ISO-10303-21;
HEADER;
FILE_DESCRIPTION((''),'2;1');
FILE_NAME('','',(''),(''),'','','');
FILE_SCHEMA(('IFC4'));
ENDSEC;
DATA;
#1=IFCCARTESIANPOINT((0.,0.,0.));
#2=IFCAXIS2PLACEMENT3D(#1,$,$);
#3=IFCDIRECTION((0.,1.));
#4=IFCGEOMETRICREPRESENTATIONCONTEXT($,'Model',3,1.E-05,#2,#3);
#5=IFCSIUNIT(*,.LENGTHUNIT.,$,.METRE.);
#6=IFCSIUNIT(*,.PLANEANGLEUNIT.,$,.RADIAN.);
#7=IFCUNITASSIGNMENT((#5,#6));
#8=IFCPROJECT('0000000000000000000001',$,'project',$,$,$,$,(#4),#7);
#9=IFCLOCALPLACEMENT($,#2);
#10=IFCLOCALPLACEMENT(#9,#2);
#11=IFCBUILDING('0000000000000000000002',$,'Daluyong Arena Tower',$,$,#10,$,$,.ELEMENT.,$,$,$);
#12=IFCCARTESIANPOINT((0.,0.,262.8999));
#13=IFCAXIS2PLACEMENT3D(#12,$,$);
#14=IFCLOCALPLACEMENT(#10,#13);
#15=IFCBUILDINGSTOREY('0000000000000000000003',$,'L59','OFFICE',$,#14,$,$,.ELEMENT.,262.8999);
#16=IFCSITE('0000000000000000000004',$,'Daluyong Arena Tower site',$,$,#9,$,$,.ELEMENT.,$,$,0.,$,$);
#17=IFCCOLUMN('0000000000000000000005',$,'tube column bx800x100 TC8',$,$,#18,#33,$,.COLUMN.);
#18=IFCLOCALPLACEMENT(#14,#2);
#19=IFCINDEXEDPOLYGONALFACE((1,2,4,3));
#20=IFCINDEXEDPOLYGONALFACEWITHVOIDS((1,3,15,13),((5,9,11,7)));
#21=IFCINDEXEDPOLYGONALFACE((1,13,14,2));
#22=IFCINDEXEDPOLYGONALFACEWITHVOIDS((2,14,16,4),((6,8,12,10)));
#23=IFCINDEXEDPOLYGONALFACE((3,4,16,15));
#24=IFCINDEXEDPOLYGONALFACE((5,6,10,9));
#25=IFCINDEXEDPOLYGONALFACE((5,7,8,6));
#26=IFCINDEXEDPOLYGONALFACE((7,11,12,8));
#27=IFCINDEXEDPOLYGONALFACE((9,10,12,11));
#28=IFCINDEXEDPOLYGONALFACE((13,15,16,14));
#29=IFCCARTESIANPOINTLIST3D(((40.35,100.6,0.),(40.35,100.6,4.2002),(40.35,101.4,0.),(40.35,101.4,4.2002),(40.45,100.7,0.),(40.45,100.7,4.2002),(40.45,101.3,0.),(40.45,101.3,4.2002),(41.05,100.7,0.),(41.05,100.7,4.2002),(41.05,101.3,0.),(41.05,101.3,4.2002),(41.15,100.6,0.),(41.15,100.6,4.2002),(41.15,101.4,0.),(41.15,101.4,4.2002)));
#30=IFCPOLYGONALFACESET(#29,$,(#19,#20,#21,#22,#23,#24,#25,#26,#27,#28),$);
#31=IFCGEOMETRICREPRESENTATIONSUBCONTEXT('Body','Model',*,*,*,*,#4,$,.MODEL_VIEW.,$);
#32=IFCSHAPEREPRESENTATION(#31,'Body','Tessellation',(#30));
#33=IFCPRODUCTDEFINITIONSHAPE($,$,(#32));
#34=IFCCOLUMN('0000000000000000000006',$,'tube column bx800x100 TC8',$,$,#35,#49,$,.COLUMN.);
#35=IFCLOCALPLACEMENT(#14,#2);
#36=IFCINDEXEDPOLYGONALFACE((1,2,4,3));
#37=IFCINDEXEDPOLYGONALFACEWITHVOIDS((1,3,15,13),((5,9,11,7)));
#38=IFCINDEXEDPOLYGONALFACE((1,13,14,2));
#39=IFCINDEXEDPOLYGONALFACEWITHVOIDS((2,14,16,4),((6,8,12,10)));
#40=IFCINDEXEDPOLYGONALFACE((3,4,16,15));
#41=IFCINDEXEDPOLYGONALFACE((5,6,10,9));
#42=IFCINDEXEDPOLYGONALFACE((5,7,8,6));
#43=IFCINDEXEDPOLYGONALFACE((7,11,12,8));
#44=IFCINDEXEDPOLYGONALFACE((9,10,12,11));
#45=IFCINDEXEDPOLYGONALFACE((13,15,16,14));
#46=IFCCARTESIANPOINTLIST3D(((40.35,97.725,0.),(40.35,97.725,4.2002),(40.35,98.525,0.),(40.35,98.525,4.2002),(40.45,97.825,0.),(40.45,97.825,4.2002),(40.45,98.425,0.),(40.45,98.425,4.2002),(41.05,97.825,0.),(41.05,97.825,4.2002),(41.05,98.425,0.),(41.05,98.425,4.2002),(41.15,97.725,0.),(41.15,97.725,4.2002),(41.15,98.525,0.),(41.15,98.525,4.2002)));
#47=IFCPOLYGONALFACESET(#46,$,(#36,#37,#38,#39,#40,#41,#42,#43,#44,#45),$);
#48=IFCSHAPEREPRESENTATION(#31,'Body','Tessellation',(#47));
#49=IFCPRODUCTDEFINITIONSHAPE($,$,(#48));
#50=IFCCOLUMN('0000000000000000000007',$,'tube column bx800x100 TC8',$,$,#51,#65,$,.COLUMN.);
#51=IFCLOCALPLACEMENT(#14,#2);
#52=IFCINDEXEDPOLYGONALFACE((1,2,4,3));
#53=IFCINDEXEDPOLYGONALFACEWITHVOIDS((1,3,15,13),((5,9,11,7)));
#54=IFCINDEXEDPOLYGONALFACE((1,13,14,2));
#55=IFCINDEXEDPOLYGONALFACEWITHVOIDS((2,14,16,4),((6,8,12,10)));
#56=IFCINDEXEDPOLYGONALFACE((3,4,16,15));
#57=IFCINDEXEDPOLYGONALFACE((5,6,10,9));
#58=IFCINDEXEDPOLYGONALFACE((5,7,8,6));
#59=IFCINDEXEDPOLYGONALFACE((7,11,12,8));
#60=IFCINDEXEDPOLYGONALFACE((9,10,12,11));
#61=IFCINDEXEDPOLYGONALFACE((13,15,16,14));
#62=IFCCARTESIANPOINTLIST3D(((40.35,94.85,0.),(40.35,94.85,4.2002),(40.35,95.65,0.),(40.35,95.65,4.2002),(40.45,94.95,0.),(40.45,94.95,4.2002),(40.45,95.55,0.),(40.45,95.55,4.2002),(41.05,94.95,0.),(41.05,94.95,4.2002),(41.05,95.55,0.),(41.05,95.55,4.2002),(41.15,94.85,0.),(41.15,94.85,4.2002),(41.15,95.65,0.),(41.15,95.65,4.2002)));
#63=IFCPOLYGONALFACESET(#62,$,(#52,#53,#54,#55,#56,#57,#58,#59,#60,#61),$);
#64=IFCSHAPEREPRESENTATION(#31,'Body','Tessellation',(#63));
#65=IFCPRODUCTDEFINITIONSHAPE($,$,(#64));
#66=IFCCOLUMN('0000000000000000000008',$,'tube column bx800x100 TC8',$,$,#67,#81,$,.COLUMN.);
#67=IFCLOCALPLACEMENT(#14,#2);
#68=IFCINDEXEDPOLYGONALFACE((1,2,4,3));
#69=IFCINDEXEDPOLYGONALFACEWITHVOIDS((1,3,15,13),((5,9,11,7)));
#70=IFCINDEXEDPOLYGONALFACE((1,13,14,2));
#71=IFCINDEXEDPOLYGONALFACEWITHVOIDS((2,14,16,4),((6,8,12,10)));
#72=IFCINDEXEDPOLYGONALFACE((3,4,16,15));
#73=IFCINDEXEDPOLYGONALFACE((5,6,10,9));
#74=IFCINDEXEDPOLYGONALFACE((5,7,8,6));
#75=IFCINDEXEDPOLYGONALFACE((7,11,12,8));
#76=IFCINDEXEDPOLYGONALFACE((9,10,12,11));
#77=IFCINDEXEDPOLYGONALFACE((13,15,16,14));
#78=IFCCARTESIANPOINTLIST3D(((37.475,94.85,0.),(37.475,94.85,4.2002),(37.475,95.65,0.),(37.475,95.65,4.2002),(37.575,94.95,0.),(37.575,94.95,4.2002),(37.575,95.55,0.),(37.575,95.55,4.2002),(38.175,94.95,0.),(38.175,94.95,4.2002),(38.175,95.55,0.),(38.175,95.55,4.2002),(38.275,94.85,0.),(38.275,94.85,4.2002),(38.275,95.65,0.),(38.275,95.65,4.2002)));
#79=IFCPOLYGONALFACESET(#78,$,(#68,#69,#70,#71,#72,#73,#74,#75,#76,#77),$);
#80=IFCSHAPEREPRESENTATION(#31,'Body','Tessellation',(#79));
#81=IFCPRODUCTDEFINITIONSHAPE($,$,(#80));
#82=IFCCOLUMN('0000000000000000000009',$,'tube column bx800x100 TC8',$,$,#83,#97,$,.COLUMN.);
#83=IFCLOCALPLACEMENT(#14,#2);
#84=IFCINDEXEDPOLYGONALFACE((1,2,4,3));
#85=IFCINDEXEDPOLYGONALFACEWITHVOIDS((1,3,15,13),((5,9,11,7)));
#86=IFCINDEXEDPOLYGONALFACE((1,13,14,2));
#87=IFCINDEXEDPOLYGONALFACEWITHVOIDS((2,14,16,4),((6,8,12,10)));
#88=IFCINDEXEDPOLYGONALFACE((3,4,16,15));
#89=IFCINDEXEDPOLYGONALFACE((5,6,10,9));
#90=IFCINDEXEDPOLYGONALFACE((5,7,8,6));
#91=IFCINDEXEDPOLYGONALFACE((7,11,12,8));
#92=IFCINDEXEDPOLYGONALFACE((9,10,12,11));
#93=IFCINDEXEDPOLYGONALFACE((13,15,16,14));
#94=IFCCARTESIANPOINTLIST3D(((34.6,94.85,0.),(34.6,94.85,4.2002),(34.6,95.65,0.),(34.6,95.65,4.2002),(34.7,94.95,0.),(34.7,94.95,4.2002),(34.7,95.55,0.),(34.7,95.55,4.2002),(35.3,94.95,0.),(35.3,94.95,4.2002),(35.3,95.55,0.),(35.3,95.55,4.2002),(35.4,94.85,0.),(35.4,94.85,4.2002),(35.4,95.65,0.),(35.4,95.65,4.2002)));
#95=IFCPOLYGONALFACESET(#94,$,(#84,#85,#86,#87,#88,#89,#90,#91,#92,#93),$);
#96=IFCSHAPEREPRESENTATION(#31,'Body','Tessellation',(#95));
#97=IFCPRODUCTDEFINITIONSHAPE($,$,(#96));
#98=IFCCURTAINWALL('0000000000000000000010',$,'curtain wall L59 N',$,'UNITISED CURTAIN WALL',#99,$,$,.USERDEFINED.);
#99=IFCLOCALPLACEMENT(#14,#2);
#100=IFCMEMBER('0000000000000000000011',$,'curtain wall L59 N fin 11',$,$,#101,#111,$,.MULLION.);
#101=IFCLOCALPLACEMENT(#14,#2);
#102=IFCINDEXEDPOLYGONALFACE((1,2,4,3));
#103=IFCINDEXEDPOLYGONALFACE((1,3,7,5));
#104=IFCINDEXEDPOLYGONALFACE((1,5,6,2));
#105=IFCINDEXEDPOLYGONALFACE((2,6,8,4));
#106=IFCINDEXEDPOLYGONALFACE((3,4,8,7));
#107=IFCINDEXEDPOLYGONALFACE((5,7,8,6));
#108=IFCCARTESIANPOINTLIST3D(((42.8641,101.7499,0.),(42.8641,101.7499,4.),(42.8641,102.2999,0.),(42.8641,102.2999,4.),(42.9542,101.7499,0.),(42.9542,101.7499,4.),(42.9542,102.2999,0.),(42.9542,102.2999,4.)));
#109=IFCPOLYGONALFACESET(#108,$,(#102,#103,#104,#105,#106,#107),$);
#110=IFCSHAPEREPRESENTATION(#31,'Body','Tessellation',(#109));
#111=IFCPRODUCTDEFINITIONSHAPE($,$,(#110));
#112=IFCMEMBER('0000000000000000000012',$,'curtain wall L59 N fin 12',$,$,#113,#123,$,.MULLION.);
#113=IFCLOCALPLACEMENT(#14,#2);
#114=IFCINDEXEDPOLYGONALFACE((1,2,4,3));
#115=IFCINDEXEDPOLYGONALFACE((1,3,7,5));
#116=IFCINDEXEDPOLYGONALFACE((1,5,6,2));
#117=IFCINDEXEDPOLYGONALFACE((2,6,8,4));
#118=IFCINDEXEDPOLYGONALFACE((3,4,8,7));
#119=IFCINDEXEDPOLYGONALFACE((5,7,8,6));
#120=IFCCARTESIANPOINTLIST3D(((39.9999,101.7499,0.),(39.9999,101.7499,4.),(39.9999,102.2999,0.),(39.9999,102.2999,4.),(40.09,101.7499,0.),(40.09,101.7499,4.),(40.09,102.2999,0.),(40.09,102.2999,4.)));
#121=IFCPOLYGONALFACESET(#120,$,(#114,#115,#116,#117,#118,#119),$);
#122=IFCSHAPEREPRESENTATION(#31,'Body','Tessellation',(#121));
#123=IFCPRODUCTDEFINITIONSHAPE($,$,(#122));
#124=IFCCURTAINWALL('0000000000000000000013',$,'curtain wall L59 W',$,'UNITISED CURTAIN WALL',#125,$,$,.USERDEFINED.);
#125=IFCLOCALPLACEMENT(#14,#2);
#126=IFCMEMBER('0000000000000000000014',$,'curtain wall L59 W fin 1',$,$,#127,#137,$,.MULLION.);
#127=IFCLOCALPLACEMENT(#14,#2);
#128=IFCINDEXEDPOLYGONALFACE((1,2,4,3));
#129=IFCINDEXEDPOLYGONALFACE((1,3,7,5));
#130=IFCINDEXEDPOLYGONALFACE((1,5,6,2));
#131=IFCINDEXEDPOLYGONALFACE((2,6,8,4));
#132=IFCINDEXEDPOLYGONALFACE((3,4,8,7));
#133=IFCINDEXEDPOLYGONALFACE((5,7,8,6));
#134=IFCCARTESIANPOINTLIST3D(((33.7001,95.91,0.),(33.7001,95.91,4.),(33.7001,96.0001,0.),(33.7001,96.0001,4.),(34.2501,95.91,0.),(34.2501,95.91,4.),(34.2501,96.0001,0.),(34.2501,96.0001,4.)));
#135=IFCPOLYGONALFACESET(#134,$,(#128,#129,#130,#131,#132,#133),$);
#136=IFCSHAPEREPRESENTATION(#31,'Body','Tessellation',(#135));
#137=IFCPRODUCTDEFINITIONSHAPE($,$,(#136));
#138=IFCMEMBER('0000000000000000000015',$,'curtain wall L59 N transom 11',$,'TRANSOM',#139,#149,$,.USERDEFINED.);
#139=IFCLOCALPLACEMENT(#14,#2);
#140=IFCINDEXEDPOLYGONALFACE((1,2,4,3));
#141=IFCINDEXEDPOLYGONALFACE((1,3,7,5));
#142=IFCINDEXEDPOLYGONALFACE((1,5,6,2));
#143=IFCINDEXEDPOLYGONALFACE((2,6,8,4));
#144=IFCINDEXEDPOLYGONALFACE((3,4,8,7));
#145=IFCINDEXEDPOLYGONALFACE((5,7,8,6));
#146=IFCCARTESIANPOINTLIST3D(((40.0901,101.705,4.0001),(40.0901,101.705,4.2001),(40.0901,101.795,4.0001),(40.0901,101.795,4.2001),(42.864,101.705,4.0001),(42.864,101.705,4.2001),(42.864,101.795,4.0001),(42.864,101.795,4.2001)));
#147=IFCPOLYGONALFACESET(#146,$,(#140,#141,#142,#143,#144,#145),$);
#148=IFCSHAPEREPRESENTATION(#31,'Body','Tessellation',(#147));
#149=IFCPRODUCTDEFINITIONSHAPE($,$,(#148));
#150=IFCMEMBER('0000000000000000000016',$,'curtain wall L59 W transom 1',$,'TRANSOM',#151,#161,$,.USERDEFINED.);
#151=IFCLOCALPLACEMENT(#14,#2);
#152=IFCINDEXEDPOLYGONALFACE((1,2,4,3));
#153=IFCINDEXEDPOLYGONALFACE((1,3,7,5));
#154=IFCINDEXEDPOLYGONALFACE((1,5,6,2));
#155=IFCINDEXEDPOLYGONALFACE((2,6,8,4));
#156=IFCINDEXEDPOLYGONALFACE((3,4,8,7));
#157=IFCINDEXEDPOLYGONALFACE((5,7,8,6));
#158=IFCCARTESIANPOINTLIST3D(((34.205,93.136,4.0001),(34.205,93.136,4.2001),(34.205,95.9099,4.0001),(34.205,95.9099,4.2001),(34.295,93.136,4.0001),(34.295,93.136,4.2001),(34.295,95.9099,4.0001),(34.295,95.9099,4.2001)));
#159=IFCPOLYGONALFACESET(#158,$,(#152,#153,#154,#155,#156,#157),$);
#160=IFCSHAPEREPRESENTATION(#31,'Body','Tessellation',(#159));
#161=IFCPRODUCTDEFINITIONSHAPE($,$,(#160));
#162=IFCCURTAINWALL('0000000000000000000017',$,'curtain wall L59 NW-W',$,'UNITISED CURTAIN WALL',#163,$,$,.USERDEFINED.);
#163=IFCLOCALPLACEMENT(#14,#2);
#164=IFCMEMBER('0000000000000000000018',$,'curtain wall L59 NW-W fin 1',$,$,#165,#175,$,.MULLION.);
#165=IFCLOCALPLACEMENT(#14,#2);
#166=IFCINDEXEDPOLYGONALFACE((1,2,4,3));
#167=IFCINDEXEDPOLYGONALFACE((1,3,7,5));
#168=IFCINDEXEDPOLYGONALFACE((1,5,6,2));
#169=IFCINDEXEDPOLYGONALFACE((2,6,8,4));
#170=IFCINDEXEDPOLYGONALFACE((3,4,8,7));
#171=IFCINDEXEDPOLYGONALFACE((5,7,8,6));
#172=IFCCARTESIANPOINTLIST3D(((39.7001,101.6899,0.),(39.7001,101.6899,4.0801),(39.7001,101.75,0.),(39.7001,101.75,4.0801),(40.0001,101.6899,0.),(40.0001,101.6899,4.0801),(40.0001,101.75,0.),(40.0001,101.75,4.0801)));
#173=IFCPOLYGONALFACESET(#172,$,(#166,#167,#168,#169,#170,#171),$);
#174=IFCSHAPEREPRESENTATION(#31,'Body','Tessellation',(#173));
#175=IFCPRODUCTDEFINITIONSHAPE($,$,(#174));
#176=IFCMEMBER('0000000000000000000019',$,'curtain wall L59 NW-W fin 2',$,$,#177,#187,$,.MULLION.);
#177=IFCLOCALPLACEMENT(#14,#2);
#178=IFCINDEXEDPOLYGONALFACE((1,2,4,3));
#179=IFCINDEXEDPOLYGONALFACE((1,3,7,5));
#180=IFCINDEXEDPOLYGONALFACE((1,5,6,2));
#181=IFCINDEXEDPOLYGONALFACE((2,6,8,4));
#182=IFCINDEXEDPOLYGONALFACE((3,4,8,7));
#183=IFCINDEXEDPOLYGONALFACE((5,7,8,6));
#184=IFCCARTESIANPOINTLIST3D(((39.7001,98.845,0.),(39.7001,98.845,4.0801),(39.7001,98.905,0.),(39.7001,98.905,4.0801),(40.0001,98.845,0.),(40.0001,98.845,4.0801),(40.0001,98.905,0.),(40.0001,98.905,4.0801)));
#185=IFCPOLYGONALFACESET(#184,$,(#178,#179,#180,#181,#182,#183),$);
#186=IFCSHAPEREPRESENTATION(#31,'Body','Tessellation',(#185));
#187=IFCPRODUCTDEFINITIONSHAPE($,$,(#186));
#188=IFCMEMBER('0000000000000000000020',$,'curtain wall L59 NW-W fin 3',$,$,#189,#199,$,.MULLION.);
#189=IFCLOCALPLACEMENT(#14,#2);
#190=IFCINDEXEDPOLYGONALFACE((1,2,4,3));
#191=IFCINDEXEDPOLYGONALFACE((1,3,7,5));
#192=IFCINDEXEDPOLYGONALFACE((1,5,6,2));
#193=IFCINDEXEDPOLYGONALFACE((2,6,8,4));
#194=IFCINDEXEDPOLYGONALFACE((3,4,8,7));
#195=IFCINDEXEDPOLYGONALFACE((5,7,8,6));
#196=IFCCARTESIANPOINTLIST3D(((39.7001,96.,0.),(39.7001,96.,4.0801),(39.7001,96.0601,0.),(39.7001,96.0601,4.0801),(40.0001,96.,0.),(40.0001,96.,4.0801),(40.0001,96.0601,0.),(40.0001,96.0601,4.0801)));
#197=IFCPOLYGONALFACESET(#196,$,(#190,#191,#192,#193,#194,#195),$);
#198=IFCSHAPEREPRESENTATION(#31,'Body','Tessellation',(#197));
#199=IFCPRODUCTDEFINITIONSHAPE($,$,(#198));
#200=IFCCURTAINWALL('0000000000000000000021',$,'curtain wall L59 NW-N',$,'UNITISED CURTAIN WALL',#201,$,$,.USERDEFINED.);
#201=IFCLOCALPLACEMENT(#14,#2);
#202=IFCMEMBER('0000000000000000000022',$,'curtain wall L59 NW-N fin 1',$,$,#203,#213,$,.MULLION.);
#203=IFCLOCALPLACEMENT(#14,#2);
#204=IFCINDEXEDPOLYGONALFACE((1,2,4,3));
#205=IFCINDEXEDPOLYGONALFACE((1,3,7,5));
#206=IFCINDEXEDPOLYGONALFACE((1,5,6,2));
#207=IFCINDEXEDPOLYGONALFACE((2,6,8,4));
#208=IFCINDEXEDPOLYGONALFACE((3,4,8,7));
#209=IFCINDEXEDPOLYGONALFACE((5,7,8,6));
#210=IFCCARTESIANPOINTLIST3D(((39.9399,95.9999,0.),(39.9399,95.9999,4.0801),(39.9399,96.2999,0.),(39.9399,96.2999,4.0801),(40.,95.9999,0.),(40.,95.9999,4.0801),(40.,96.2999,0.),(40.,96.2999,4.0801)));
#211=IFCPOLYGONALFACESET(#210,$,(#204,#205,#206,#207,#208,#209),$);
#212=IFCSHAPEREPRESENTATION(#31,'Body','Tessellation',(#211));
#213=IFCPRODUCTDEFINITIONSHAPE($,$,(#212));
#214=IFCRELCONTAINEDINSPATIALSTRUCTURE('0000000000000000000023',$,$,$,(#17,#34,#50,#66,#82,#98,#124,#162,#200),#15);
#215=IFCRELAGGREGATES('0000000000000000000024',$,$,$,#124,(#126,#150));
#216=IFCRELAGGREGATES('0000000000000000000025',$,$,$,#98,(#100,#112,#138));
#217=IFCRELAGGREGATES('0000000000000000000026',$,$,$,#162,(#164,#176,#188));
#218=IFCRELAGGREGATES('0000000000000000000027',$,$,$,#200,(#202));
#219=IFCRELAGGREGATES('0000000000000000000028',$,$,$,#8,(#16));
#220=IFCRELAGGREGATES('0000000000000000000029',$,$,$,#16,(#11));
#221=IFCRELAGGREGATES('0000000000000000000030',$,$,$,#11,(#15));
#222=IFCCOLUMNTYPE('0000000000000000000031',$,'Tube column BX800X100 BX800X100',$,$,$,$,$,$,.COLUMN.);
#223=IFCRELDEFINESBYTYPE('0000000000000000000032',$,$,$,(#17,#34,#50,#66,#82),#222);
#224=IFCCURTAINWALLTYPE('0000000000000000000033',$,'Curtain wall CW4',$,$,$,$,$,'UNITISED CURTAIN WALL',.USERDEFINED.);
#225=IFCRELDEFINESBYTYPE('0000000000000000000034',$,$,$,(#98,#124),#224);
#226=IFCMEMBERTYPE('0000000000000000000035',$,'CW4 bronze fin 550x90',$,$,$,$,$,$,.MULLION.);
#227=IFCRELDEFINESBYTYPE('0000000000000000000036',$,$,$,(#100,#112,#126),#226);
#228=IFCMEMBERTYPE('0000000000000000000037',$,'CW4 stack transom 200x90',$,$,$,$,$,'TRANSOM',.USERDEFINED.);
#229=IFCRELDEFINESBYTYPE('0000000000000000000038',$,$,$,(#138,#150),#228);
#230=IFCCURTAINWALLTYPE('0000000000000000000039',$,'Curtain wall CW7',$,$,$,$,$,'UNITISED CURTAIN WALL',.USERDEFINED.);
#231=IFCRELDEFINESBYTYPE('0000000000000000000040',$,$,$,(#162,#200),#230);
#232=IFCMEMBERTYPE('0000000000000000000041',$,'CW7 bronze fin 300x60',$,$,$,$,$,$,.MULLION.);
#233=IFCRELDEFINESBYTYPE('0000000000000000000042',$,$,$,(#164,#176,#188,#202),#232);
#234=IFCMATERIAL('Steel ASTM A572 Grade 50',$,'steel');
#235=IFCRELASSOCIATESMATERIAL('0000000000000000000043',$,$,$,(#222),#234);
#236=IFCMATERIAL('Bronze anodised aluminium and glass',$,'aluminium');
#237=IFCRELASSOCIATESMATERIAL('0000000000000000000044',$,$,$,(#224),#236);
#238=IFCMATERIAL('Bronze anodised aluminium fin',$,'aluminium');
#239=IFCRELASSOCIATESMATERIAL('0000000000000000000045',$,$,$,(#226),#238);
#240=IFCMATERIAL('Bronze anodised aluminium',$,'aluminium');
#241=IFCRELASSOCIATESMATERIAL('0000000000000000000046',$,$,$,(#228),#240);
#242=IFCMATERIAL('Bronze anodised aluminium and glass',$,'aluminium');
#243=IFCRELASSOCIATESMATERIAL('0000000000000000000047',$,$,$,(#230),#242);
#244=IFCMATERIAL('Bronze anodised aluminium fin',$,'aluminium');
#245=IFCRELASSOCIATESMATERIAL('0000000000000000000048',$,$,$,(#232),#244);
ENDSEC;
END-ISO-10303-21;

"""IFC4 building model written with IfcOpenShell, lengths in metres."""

from ifc_helpers import new_model, si_unit, direction, frame, origin, origin_2d, place, context, subcontext, project, spatial, rectangle, hollow_rectangle, extrude, material, material_profile, profile_set, type_object, element, aggregate, save


model = new_model("IFC4")

# Units and contexts
model_context = context("Model", 3, precision=1e-05, world=origin(), true_north=direction((0.0, 1.0)))
body_context = subcontext(model_context, "Body", "Model", "MODEL_VIEW")
ifc_project = project(units=[si_unit("LENGTHUNIT", "METRE"), si_unit("PLANEANGLEUNIT", "RADIAN")], contexts=[model_context])

# Site, building, storey
site_placement = place(None, origin())
site = spatial("IfcSite", under=ifc_project, at=site_placement, Name="Daluyong Arena Tower site", CompositionType="ELEMENT", RefElevation=0.0)
building_placement = place(site_placement, origin())
building = spatial("IfcBuilding", under=site, at=building_placement, Name="Daluyong Arena Tower", CompositionType="ELEMENT")
storey_placement = place(building_placement, frame((0.0, 0.0, 262.8999)))
storey = spatial("IfcBuildingStorey", under=building, at=storey_placement, Name="L59", Description="OFFICE", CompositionType="ELEMENT", Elevation=262.8999)

# Columns
ifc_material_1 = material(Name="Steel ASTM A572 Grade 50", Category="steel")
ifc_material_profile_1 = material_profile(ifc_material_1, hollow_rectangle(XDim=0.8, YDim=0.8, WallThickness=0.1, at=origin_2d()))
ifc_profile_set_1 = profile_set([ifc_material_profile_1], Name="Steel ASTM A572 Grade 50")
column_type = type_object("IfcColumnType", Name="Tube column BX800X100 BX800X100", PredefinedType="COLUMN", material=ifc_profile_set_1)
for number, where, z_axis, x_axis, name in (
    (1, (40.75, 101.0, 0.0), (0.0, 0.0, 1.0), (0.0, 1.0, 0.0), "tube column bx800x100 TC8"),
    (2, (40.75, 98.125, 0.0), (0.0, 0.0, 1.0), (0.0, 1.0, 0.0), "tube column bx800x100 TC8"),
    (3, (40.75, 95.25, 0.0), (0.0, 0.0, 1.0), (1.0, 0.0, 0.0), "tube column bx800x100 TC8"),
    (4, (37.875, 95.25, 0.0), (0.0, 0.0, 1.0), (1.0, 0.0, 0.0), "tube column bx800x100 TC8"),
    (5, (35.0, 95.25, 0.0), (0.0, 0.0, 1.0), (0.0, 1.0, 0.0), "tube column bx800x100 TC8"),
):
    element("IfcColumn", number, at=place(storey_placement, frame(where, z_axis=z_axis, x_axis=x_axis)), inside=storey, type_object=column_type, Name=name, PredefinedType="COLUMN", context=body_context, shape_type="SweptSolid", body=[
        extrude(hollow_rectangle(XDim=0.8, YDim=0.8, WallThickness=0.1, at=origin_2d()), origin(), (0.0, 0.0, 1.0), 4.2002),
    ])

# Curtain wall, members
ifc_material_2 = material(Name="Bronze anodised aluminium and glass", Category="aluminium")
curtain_wall_type_1 = type_object("IfcCurtainWallType", Name="Curtain wall CW4", ElementType="UNITISED CURTAIN WALL", PredefinedType="USERDEFINED", material=ifc_material_2)
curtain_wall_1_placement = place(storey_placement, origin())
curtain_wall_1 = element("IfcCurtainWall", 6, at=curtain_wall_1_placement, inside=storey, type_object=curtain_wall_type_1, Name="curtain wall L59 N", ObjectType="UNITISED CURTAIN WALL", PredefinedType="USERDEFINED")
ifc_material_3 = material(Name="Bronze anodised aluminium fin", Category="aluminium")
ifc_material_profile_2 = material_profile(ifc_material_3, rectangle(XDim=0.55, YDim=0.0901, at=origin_2d()))
ifc_profile_set_2 = profile_set([ifc_material_profile_2], Name="Bronze anodised aluminium fin")
member_type_1 = type_object("IfcMemberType", Name="CW4 bronze fin 550x90", PredefinedType="MULLION", material=ifc_profile_set_2)
member_1_placement = place(storey_placement, frame((42.9092, 102.0249, 0.0), z_axis=(0.0, 0.0, 1.0), x_axis=(0.0, -1.0, 0.0)))
member_1 = element("IfcMember", 7, at=member_1_placement, type_object=member_type_1, Name="curtain wall L59 N fin 11", PredefinedType="MULLION", context=body_context, shape_type="SweptSolid", body=[
    extrude(rectangle(XDim=0.55, YDim=0.0901, at=origin_2d()), origin(), (0.0, 0.0, 1.0), 4.0),
])
member_2_placement = place(storey_placement, frame((40.0449, 102.0249, 0.0), z_axis=(0.0, 0.0, 1.0), x_axis=(0.0, -1.0, 0.0)))
member_2 = element("IfcMember", 8, at=member_2_placement, type_object=member_type_1, Name="curtain wall L59 N fin 12", PredefinedType="MULLION", context=body_context, shape_type="SweptSolid", body=[
    extrude(rectangle(XDim=0.55, YDim=0.0901, at=origin_2d()), origin(), (0.0, 0.0, 1.0), 4.0),
])

# Curtain wall, member
curtain_wall_2_placement = place(storey_placement, origin())
curtain_wall_2 = element("IfcCurtainWall", 9, at=curtain_wall_2_placement, inside=storey, type_object=curtain_wall_type_1, Name="curtain wall L59 W", ObjectType="UNITISED CURTAIN WALL", PredefinedType="USERDEFINED")
member_3_placement = place(storey_placement, frame((33.9751, 95.9551, 0.0), z_axis=(0.0, 0.0, 1.0), x_axis=(1.0, 0.0, 0.0)))
member_3 = element("IfcMember", 10, at=member_3_placement, type_object=member_type_1, Name="curtain wall L59 W fin 1", PredefinedType="MULLION", context=body_context, shape_type="SweptSolid", body=[
    extrude(rectangle(XDim=0.55, YDim=0.0901, at=origin_2d()), origin(), (0.0, 0.0, 1.0), 4.0),
])

# Members
ifc_material_4 = material(Name="Bronze anodised aluminium", Category="aluminium")
ifc_material_profile_3 = material_profile(ifc_material_4, rectangle(XDim=0.0901, YDim=0.2, at=origin_2d()))
ifc_profile_set_3 = profile_set([ifc_material_profile_3], Name="Bronze anodised aluminium")
member_type_2 = type_object("IfcMemberType", Name="CW4 stack transom 200x90", ElementType="TRANSOM", PredefinedType="USERDEFINED", material=ifc_profile_set_3)
member_4_placement = place(storey_placement, frame((42.864, 101.75, 4.1001), z_axis=(-1.0, 0.0, 0.0), x_axis=(0.0, -1.0, 0.0)))
member_4 = element("IfcMember", 11, at=member_4_placement, type_object=member_type_2, Name="curtain wall L59 N transom 11", ObjectType="TRANSOM", PredefinedType="USERDEFINED", context=body_context, shape_type="SweptSolid", body=[
    extrude(rectangle(XDim=0.0901, YDim=0.2, at=origin_2d()), origin(), (0.0, 0.0, 1.0), 2.7739),
])
member_5_placement = place(storey_placement, frame((34.25, 95.9099, 4.1001), z_axis=(0.0, -1.0, 0.0), x_axis=(1.0, 0.0, 0.0)))
member_5 = element("IfcMember", 12, at=member_5_placement, type_object=member_type_2, Name="curtain wall L59 W transom 1", ObjectType="TRANSOM", PredefinedType="USERDEFINED", context=body_context, shape_type="SweptSolid", body=[
    extrude(rectangle(XDim=0.0901, YDim=0.2, at=origin_2d()), origin(), (0.0, 0.0, 1.0), 2.7739),
])
aggregate(curtain_wall_2, [member_3, member_5])

# Curtain walls, members
ifc_material_5 = material(Name="Bronze anodised aluminium and glass", Category="aluminium")
curtain_wall_type_2 = type_object("IfcCurtainWallType", Name="Curtain wall CW7", ElementType="UNITISED CURTAIN WALL", PredefinedType="USERDEFINED", material=ifc_material_5)
curtain_wall_3_placement = place(storey_placement, origin())
curtain_wall_3 = element("IfcCurtainWall", 13, at=curtain_wall_3_placement, inside=storey, type_object=curtain_wall_type_2, Name="curtain wall L59 NW-W", ObjectType="UNITISED CURTAIN WALL", PredefinedType="USERDEFINED")
ifc_material_6 = material(Name="Bronze anodised aluminium fin", Category="aluminium")
ifc_material_profile_4 = material_profile(ifc_material_6, rectangle(XDim=0.3, YDim=0.0601, at=origin_2d()))
ifc_profile_set_4 = profile_set([ifc_material_profile_4], Name="Bronze anodised aluminium fin")
member_type_3 = type_object("IfcMemberType", Name="CW7 bronze fin 300x60", PredefinedType="MULLION", material=ifc_profile_set_4)
member_6_placement = place(storey_placement, frame((39.8501, 101.72, 0.0), z_axis=(0.0, 0.0, 1.0), x_axis=(1.0, 0.0, 0.0)))
member_6 = element("IfcMember", 14, at=member_6_placement, type_object=member_type_3, Name="curtain wall L59 NW-W fin 1", PredefinedType="MULLION", context=body_context, shape_type="SweptSolid", body=[
    extrude(rectangle(XDim=0.3, YDim=0.0601, at=origin_2d()), origin(), (0.0, 0.0, 1.0), 4.0801),
])
member_7_placement = place(storey_placement, frame((39.8501, 98.875, 0.0), z_axis=(0.0, 0.0, 1.0), x_axis=(1.0, 0.0, 0.0)))
member_7 = element("IfcMember", 15, at=member_7_placement, type_object=member_type_3, Name="curtain wall L59 NW-W fin 2", PredefinedType="MULLION", context=body_context, shape_type="SweptSolid", body=[
    extrude(rectangle(XDim=0.3, YDim=0.0601, at=origin_2d()), origin(), (0.0, 0.0, 1.0), 4.0801),
])
member_8_placement = place(storey_placement, frame((39.8501, 96.03, 0.0), z_axis=(0.0, 0.0, 1.0), x_axis=(1.0, 0.0, 0.0)))
member_8 = element("IfcMember", 16, at=member_8_placement, type_object=member_type_3, Name="curtain wall L59 NW-W fin 3", PredefinedType="MULLION", context=body_context, shape_type="SweptSolid", body=[
    extrude(rectangle(XDim=0.3, YDim=0.0601, at=origin_2d()), origin(), (0.0, 0.0, 1.0), 4.0801),
])
curtain_wall_4_placement = place(storey_placement, origin())
curtain_wall_4 = element("IfcCurtainWall", 17, at=curtain_wall_4_placement, inside=storey, type_object=curtain_wall_type_2, Name="curtain wall L59 NW-N", ObjectType="UNITISED CURTAIN WALL", PredefinedType="USERDEFINED")
member_9_placement = place(storey_placement, frame((39.97, 96.1499, 0.0), z_axis=(0.0, 0.0, 1.0), x_axis=(0.0, -1.0, 0.0)))
member_9 = element("IfcMember", 18, at=member_9_placement, type_object=member_type_3, Name="curtain wall L59 NW-N fin 1", PredefinedType="MULLION", context=body_context, shape_type="SweptSolid", body=[
    extrude(rectangle(XDim=0.3, YDim=0.0601, at=origin_2d()), origin(), (0.0, 0.0, 1.0), 4.0801),
])

aggregate(curtain_wall_1, [member_1, member_2, member_4])
aggregate(curtain_wall_3, [member_6, member_7, member_8])
aggregate(curtain_wall_4, [member_9])

save(model, "model.ifc")
